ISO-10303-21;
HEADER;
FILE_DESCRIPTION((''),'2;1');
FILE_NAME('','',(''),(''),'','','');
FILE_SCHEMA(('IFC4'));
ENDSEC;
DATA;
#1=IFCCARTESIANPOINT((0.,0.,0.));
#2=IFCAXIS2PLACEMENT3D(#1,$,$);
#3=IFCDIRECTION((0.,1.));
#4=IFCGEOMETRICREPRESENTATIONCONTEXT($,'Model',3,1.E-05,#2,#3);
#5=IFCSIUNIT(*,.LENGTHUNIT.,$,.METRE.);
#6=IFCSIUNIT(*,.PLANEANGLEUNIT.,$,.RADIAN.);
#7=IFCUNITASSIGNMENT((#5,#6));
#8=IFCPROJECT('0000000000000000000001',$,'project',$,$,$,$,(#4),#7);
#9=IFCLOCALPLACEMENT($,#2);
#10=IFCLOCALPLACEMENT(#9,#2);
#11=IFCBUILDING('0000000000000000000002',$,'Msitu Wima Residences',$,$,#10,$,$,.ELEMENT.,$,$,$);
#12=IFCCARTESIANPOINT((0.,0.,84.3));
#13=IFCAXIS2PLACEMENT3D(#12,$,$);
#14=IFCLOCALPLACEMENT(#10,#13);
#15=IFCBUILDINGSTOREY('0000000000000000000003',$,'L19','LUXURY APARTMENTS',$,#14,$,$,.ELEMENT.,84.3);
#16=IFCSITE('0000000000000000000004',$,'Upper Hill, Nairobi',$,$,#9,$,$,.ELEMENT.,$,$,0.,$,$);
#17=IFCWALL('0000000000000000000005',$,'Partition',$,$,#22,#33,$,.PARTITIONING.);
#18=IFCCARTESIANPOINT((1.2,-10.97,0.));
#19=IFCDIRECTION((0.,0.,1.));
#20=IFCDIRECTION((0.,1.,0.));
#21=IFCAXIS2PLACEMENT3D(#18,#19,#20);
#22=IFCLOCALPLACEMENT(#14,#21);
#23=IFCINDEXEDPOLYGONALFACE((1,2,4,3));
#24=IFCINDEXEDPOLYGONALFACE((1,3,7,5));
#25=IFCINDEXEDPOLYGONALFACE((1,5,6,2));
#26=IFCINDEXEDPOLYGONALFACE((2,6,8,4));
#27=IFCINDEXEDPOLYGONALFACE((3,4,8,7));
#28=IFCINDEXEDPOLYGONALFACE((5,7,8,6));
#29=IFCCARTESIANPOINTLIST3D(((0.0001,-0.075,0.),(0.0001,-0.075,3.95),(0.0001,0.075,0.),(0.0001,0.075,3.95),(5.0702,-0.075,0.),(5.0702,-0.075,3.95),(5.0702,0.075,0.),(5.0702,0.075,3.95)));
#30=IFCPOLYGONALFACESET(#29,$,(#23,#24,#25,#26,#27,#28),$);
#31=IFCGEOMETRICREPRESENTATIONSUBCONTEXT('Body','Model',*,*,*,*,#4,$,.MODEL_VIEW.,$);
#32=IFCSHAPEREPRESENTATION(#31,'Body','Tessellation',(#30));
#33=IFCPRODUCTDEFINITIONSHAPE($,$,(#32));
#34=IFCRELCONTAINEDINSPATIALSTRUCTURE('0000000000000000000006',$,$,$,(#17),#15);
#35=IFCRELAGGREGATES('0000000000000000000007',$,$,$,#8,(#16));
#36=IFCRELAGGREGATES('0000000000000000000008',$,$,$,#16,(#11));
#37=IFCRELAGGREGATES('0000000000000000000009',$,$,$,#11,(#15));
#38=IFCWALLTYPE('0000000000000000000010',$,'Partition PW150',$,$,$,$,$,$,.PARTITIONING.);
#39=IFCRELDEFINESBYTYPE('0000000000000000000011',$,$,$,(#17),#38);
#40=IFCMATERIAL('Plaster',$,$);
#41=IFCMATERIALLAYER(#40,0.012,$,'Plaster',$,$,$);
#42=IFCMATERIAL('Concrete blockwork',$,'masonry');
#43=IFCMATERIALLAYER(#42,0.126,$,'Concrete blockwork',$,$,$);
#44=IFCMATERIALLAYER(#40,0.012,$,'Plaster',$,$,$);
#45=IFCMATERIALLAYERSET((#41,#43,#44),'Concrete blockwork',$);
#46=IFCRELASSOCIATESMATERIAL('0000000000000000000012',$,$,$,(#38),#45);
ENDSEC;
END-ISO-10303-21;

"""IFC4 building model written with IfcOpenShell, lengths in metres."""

from ifc_helpers import new_model, si_unit, direction, frame, frame_2d, origin, place, context, subcontext, project, spatial, rectangle, extrude, material, layer, layer_set, type_object, element, save


model = new_model("IFC4")

# Units and contexts
model_context = context("Model", 3, precision=1e-05, world=origin(), true_north=direction((0.0, 1.0)))
body_context = subcontext(model_context, "Body", "Model", "MODEL_VIEW")
ifc_project = project(units=[si_unit("LENGTHUNIT", "METRE"), si_unit("PLANEANGLEUNIT", "RADIAN")], contexts=[model_context])

# Site, building, storey
site_placement = place(None, origin())
site = spatial("IfcSite", under=ifc_project, at=site_placement, Name="Upper Hill, Nairobi", CompositionType="ELEMENT", RefElevation=0.0)
building_placement = place(site_placement, origin())
building = spatial("IfcBuilding", under=site, at=building_placement, Name="Msitu Wima Residences", CompositionType="ELEMENT")
storey_placement = place(building_placement, frame((0.0, 0.0, 84.3)))
storey = spatial("IfcBuildingStorey", under=building, at=storey_placement, Name="L19", Description="LUXURY APARTMENTS", CompositionType="ELEMENT", Elevation=84.3)

# Wall
ifc_material_1 = material(Name="Plaster")
ifc_layer_1 = layer(ifc_material_1, 0.012, Name="Plaster")
ifc_material_2 = material(Name="Concrete blockwork", Category="masonry")
ifc_layer_2 = layer(ifc_material_2, 0.126, Name="Concrete blockwork")
ifc_layer_3 = layer(ifc_material_1, 0.012, Name="Plaster")
ifc_layer_set_1 = layer_set([ifc_layer_1, ifc_layer_2, ifc_layer_3], Name="Concrete blockwork")
wall_type_1 = type_object("IfcWallType", Name="Partition PW150", PredefinedType="PARTITIONING", material=ifc_layer_set_1)
wall_1_placement = place(storey_placement, frame((1.2, -10.97, 0.0), z_axis=(0.0, 0.0, 1.0), x_axis=(0.0, 1.0, 0.0)))
element("IfcWall", 1, at=wall_1_placement, inside=storey, type_object=wall_type_1, Name="Partition", PredefinedType="PARTITIONING", context=body_context, shape_type="SweptSolid", body=[
    extrude(rectangle(XDim=5.0701, YDim=0.1499, at=frame_2d((2.5352, 0.0))), origin(), (0.0, 0.0, 1.0), 3.95),
])

save(model, "model.ifc")
